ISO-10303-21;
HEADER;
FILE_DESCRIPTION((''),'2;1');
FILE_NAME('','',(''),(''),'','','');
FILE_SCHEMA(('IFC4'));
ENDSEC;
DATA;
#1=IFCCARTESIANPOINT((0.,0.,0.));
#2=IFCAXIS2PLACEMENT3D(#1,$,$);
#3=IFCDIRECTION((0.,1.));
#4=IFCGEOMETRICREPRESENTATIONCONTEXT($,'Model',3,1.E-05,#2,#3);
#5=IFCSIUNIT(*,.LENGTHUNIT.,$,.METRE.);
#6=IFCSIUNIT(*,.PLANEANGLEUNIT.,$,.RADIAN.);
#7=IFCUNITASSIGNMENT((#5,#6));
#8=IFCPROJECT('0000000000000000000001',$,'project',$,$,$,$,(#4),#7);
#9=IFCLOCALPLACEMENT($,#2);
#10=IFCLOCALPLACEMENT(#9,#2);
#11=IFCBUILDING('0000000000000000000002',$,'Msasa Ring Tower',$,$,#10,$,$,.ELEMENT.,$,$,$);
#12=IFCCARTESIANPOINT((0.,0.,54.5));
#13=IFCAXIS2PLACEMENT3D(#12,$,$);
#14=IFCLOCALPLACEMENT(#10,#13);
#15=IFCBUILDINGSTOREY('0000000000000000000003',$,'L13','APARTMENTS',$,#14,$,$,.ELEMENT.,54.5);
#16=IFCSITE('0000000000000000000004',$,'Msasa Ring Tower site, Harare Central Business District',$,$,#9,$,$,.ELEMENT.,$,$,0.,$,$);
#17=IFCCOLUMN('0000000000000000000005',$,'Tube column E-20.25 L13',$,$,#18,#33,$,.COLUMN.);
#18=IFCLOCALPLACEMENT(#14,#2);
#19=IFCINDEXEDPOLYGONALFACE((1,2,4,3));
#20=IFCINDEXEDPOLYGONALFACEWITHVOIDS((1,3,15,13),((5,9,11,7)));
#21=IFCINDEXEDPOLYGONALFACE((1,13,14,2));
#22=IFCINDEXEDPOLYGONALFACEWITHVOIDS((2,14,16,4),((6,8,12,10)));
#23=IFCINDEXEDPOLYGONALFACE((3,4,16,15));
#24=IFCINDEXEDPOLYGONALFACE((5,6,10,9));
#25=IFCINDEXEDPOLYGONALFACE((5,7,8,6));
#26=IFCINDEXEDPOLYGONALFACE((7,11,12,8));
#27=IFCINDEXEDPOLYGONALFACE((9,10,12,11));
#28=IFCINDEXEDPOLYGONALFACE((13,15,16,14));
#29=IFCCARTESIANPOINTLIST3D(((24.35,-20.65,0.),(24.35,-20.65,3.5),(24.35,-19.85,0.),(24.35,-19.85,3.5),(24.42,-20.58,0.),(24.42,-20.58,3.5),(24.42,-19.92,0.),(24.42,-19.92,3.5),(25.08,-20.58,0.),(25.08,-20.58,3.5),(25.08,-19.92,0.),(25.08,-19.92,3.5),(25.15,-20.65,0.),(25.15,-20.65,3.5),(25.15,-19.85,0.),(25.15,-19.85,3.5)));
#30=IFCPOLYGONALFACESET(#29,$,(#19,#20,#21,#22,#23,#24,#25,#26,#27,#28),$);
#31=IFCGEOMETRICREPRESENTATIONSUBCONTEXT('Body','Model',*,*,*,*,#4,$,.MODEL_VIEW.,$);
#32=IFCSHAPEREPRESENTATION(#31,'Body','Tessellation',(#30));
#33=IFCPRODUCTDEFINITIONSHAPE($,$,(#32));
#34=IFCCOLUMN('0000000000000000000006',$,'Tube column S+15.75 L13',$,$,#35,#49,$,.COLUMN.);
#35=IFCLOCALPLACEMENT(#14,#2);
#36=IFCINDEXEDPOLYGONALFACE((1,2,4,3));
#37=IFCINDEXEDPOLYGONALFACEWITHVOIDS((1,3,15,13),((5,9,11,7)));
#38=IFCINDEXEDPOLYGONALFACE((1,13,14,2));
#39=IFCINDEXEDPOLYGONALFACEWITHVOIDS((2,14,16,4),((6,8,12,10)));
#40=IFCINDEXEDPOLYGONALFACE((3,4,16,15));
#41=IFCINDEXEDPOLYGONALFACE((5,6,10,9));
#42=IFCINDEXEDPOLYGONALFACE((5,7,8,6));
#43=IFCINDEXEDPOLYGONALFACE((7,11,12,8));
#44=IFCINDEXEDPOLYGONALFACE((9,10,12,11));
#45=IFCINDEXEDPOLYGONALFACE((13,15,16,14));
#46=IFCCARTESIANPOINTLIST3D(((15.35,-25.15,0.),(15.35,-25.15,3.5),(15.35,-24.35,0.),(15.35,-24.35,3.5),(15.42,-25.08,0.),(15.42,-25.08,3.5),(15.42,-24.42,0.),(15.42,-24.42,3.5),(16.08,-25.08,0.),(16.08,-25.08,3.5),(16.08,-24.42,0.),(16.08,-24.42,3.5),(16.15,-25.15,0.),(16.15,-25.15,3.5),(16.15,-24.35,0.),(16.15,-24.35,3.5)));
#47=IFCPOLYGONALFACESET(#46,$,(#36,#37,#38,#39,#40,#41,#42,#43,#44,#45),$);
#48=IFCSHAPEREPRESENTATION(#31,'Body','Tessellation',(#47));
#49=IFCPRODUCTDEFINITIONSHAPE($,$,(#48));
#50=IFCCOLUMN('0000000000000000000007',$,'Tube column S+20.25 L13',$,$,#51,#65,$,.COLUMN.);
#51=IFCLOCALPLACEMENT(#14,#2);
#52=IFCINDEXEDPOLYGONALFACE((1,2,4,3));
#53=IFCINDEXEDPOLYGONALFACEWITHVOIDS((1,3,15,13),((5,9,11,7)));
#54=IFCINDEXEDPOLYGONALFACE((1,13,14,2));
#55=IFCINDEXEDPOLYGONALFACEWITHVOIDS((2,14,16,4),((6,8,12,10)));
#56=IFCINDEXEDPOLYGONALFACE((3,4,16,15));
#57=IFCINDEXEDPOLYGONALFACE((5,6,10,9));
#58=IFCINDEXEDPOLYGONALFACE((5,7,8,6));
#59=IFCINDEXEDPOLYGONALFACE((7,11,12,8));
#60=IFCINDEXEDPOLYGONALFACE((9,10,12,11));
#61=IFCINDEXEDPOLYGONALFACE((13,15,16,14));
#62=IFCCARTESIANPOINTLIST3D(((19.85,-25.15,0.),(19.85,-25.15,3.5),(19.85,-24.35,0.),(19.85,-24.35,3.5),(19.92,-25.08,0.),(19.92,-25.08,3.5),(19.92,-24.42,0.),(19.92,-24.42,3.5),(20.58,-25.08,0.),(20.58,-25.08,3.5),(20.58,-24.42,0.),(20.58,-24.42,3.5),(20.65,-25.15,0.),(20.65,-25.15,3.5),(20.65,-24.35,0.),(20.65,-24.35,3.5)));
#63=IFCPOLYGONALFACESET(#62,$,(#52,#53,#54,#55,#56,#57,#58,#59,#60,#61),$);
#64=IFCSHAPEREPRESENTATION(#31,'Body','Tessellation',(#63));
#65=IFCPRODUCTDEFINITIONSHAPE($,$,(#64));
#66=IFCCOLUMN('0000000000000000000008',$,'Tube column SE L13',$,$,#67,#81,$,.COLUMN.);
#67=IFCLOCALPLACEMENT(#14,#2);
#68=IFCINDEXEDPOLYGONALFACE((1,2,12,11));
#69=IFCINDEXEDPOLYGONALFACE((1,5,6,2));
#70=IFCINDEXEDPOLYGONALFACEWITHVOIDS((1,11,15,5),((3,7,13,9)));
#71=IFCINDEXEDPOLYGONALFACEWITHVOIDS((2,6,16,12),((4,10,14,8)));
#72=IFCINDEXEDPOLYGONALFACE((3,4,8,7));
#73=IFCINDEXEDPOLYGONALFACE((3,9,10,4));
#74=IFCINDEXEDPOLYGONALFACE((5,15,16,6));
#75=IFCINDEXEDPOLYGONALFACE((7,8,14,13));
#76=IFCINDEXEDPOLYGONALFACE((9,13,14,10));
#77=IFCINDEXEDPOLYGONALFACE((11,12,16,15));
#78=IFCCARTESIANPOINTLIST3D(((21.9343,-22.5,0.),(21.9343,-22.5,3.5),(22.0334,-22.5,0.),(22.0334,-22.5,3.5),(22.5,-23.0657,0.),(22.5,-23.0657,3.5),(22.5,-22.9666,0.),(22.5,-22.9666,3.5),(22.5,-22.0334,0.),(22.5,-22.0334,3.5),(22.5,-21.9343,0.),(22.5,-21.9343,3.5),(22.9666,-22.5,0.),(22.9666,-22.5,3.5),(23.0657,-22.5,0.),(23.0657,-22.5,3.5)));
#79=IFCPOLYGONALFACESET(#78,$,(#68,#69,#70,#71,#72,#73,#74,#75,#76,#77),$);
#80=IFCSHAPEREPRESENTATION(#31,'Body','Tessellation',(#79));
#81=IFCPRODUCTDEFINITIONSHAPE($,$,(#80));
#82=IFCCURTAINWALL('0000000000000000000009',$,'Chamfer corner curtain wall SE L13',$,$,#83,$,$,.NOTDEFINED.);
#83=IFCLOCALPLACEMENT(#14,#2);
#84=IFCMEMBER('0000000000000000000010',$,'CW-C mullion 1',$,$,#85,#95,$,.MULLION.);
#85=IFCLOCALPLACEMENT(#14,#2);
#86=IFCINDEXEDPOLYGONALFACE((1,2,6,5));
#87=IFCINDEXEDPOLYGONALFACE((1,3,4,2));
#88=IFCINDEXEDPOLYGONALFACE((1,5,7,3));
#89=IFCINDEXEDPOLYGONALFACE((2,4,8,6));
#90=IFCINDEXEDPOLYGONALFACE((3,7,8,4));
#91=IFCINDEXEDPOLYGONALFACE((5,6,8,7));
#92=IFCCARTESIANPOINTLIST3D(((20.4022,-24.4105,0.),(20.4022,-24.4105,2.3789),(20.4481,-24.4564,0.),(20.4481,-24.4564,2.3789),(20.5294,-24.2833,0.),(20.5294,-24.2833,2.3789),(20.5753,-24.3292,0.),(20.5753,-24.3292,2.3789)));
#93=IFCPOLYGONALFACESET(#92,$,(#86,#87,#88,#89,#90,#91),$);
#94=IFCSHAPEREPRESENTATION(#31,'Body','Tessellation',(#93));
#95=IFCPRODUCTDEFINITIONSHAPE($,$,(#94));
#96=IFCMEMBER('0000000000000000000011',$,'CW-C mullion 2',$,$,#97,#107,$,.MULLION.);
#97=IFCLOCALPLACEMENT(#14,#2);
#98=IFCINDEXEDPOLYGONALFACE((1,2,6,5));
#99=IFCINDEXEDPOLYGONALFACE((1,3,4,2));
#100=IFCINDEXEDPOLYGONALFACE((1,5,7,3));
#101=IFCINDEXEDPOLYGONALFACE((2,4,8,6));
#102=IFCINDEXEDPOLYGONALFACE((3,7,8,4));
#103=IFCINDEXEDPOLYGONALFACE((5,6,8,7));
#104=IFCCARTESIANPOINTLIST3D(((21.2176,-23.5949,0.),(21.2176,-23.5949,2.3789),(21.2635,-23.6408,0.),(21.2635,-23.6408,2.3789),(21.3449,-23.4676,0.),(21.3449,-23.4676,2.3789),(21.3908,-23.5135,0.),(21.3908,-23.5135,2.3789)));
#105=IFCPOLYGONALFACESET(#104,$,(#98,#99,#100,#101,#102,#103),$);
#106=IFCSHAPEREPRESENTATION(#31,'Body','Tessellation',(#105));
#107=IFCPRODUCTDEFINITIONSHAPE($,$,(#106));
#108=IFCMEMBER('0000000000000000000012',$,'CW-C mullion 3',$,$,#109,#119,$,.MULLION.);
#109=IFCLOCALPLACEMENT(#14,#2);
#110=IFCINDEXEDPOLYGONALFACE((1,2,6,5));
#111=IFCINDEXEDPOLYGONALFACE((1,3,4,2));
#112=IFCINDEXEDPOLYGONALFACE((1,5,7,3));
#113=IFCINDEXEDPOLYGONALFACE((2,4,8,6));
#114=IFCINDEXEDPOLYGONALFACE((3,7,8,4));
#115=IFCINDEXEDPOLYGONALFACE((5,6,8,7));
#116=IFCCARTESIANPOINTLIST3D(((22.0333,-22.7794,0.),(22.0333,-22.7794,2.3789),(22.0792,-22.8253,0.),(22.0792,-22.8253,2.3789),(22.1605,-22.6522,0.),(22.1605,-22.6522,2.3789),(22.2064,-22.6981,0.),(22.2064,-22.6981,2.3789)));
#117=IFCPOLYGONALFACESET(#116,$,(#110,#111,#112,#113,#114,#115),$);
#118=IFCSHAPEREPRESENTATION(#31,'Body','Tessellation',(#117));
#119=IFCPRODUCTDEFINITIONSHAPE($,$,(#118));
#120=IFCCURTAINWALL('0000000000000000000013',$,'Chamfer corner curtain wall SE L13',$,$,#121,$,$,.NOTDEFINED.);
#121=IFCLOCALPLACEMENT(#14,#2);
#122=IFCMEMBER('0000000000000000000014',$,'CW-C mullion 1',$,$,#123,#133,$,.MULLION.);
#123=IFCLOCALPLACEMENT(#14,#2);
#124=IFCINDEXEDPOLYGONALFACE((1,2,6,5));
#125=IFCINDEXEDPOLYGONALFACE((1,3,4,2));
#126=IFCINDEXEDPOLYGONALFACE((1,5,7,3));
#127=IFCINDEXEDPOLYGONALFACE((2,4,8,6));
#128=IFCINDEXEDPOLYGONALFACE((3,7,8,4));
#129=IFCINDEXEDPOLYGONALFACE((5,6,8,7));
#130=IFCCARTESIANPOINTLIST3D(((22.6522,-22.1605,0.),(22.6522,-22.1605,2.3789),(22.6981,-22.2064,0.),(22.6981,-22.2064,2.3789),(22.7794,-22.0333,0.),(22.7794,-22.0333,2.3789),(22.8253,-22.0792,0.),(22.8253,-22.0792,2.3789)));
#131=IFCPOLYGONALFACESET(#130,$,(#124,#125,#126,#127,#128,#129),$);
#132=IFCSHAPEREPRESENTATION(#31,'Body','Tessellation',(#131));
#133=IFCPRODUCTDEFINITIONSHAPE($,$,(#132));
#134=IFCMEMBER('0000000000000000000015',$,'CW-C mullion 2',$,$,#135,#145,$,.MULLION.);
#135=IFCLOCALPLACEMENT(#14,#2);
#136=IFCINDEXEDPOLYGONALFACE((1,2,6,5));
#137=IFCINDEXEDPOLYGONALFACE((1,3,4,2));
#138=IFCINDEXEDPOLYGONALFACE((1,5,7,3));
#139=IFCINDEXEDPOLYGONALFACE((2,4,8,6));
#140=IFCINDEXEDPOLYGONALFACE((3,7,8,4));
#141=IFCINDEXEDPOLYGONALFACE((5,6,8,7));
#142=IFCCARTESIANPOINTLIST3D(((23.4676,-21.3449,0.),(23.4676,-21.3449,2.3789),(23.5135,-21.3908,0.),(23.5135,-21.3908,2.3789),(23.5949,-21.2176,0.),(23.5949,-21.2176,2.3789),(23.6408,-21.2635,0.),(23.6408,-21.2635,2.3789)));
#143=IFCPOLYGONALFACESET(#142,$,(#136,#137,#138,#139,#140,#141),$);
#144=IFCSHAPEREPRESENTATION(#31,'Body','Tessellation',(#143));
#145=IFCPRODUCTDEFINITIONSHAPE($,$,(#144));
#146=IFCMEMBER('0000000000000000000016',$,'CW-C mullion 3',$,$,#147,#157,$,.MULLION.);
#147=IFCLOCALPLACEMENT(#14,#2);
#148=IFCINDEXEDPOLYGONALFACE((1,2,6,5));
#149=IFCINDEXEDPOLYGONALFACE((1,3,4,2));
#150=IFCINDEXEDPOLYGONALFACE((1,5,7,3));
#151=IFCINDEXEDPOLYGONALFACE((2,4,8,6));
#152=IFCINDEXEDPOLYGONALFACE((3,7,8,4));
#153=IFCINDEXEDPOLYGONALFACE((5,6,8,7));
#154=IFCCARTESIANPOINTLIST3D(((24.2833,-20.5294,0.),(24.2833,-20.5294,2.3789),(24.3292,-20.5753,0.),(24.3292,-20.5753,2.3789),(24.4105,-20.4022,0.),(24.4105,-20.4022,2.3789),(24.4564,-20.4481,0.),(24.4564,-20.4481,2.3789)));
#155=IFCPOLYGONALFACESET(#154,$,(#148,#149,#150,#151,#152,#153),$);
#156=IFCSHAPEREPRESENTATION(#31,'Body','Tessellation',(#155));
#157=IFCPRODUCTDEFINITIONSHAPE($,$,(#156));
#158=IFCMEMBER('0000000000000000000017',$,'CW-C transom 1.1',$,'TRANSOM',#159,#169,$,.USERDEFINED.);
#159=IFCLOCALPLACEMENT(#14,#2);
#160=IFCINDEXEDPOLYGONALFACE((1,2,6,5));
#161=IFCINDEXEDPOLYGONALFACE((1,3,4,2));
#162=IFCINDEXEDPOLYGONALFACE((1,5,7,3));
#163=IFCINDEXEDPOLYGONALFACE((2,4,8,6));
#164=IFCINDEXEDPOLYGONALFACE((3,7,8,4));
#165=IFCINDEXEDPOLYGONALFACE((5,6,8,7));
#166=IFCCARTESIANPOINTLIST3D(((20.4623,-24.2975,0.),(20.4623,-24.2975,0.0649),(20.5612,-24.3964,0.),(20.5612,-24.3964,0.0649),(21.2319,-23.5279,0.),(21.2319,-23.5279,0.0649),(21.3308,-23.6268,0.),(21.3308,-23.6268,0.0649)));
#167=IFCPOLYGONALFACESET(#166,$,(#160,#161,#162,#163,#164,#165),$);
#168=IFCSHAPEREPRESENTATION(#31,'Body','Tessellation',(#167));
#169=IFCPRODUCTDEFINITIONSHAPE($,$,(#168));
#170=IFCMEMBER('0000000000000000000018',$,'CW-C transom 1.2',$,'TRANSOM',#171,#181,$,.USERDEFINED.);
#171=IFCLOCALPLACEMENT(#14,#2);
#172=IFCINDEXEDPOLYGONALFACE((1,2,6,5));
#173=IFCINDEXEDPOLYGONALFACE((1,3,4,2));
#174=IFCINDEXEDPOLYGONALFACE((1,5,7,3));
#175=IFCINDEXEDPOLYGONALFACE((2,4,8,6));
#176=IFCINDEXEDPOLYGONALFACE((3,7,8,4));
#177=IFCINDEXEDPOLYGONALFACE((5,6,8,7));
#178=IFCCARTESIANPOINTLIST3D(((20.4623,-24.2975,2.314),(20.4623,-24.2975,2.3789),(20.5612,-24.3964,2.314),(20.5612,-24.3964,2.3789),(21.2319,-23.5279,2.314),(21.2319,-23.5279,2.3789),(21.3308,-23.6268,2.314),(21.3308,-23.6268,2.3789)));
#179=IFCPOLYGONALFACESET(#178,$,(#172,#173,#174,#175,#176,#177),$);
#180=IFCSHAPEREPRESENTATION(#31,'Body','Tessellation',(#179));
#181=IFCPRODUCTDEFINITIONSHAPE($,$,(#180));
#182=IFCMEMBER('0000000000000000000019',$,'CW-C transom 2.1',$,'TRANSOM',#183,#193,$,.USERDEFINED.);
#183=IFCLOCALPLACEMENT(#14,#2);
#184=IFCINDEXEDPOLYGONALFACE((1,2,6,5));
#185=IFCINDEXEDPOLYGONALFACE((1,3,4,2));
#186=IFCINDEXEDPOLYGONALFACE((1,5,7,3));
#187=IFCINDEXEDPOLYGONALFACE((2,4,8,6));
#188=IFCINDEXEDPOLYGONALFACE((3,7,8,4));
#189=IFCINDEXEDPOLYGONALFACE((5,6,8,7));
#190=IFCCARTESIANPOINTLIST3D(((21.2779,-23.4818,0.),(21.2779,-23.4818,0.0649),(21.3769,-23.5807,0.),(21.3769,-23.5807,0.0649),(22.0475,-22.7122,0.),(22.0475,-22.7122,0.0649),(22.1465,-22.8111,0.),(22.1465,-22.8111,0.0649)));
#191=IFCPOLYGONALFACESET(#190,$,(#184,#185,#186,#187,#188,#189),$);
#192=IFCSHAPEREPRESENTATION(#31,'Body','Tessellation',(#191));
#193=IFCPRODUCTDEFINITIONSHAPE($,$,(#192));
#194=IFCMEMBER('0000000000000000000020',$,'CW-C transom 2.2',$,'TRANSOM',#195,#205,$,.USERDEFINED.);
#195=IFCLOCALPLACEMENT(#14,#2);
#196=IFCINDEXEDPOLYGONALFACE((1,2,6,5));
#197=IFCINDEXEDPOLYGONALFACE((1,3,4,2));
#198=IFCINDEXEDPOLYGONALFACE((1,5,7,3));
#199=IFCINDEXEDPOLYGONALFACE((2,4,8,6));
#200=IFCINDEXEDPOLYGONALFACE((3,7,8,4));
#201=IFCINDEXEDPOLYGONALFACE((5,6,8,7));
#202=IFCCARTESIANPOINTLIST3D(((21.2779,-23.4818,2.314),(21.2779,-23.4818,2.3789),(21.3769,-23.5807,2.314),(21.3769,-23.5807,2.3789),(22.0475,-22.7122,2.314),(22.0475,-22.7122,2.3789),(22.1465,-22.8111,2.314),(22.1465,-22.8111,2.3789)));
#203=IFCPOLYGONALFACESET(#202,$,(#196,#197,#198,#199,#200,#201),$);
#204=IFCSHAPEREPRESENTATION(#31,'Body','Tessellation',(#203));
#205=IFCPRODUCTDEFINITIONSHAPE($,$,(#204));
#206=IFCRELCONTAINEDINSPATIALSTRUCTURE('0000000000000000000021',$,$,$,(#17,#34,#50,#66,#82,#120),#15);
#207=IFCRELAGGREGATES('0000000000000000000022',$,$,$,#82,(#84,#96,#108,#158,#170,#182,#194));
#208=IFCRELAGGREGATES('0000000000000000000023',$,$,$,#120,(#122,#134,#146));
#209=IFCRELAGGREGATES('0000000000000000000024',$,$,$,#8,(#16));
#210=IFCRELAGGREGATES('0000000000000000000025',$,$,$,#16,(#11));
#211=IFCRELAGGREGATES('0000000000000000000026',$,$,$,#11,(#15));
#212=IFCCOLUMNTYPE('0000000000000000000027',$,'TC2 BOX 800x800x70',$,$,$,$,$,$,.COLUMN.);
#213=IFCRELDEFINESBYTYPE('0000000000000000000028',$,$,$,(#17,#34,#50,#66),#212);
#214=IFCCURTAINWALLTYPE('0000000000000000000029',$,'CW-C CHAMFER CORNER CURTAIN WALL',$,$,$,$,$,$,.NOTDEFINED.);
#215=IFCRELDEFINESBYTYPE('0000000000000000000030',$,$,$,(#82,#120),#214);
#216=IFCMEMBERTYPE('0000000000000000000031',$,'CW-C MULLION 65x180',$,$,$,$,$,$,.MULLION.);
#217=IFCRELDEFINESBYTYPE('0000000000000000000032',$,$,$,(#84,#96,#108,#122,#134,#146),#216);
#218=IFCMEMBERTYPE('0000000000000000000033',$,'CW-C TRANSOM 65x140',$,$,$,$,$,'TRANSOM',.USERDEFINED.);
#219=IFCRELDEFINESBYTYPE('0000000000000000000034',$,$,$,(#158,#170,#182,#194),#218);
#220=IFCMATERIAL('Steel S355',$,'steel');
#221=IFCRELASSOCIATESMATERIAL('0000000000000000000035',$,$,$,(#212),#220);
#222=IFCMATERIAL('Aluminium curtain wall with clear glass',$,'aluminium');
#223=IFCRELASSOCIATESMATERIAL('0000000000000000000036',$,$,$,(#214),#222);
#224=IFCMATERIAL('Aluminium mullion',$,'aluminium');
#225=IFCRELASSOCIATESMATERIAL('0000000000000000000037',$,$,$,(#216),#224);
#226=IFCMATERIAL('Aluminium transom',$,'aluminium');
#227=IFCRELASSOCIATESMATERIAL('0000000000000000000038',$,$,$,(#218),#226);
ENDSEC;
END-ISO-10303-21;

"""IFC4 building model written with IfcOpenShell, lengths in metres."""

from ifc_helpers import new_model, si_unit, direction, frame, origin, origin_2d, place, context, subcontext, project, spatial, rectangle, hollow_rectangle, extrude, material, material_profile, profile_set, type_object, element, aggregate, save


model = new_model("IFC4")

# Units and contexts
model_context = context("Model", 3, precision=1e-05, world=origin(), true_north=direction((0.0, 1.0)))
body_context = subcontext(model_context, "Body", "Model", "MODEL_VIEW")
ifc_project = project(units=[si_unit("LENGTHUNIT", "METRE"), si_unit("PLANEANGLEUNIT", "RADIAN")], contexts=[model_context])

# Site, building, storey
site_placement = place(None, origin())
site = spatial("IfcSite", under=ifc_project, at=site_placement, Name="Msasa Ring Tower site, Harare Central Business District", CompositionType="ELEMENT", RefElevation=0.0)
building_placement = place(site_placement, origin())
building = spatial("IfcBuilding", under=site, at=building_placement, Name="Msasa Ring Tower", CompositionType="ELEMENT")
storey_placement = place(building_placement, frame((0.0, 0.0, 54.5)))
storey = spatial("IfcBuildingStorey", under=building, at=storey_placement, Name="L13", Description="APARTMENTS", CompositionType="ELEMENT", Elevation=54.5)

# Columns
ifc_material_1 = material(Name="Steel S355", Category="steel")
ifc_material_profile_1 = material_profile(ifc_material_1, hollow_rectangle(XDim=0.8, YDim=0.8, WallThickness=0.0701, at=origin_2d()), Name="BOX 800x800x70")
ifc_profile_set_1 = profile_set([ifc_material_profile_1], Name="Steel S355")
column_type = type_object("IfcColumnType", Name="TC2 BOX 800x800x70", PredefinedType="COLUMN", material=ifc_profile_set_1)
for number, where, z_axis, x_axis, name in (
    (1, (24.75, -20.25, 0.0), (0.0, 0.0, 1.0), (1.0, 0.0, 0.0), "Tube column E-20.25 L13"),
    (2, (15.75, -24.75, 0.0), (0.0, 0.0, 1.0), (0.0, 1.0, 0.0), "Tube column S+15.75 L13"),
    (3, (20.25, -24.75, 0.0), (0.0, 0.0, 1.0), (0.0, 1.0, 0.0), "Tube column S+20.25 L13"),
    (4, (22.5, -22.5, 0.0), (0.0, 0.0, 1.0), (0.707107, -0.707107, 0.0), "Tube column SE L13"),
):
    element("IfcColumn", number, at=place(storey_placement, frame(where, z_axis=z_axis, x_axis=x_axis)), inside=storey, type_object=column_type, Name=name, PredefinedType="COLUMN", context=body_context, shape_type="SweptSolid", body=[
        extrude(hollow_rectangle(XDim=0.8, YDim=0.8, WallThickness=0.0701, at=origin_2d()), origin(), (0.0, 0.0, 1.0), 3.5),
    ])

# Curtain walls, members
ifc_material_2 = material(Name="Aluminium curtain wall with clear glass", Category="aluminium")
curtain_wall_type = type_object("IfcCurtainWallType", Name="CW-C CHAMFER CORNER CURTAIN WALL", PredefinedType="NOTDEFINED", material=ifc_material_2)
curtain_wall_1_placement = place(storey_placement, origin())
curtain_wall_1 = element("IfcCurtainWall", 5, at=curtain_wall_1_placement, inside=storey, type_object=curtain_wall_type, Name="Chamfer corner curtain wall SE L13", PredefinedType="NOTDEFINED")
ifc_material_3 = material(Name="Aluminium mullion", Category="aluminium")
ifc_material_profile_2 = material_profile(ifc_material_3, rectangle(XDim=0.0649, YDim=0.1799, at=origin_2d()), Name="AL 65x180")
ifc_profile_set_2 = profile_set([ifc_material_profile_2], Name="Aluminium mullion")
member_type_1 = type_object("IfcMemberType", Name="CW-C MULLION 65x180", PredefinedType="MULLION", material=ifc_profile_set_2)
member_1_placement = place(storey_placement, frame((20.4888, -24.3699, 0.0), z_axis=(0.0, 0.0, 1.0), x_axis=(-0.707107, 0.707107, 0.0)))
member_1 = element("IfcMember", 6, at=member_1_placement, type_object=member_type_1, Name="CW-C mullion 1", PredefinedType="MULLION", context=body_context, shape_type="SweptSolid", body=[
    extrude(rectangle(XDim=0.0649, YDim=0.1799, at=origin_2d()), origin(), (0.0, 0.0, 1.0), 2.3789),
])
member_2_placement = place(storey_placement, frame((21.3042, -23.5542, 0.0), z_axis=(0.0, 0.0, 1.0), x_axis=(-0.707107, 0.707107, 0.0)))
member_2 = element("IfcMember", 7, at=member_2_placement, type_object=member_type_1, Name="CW-C mullion 2", PredefinedType="MULLION", context=body_context, shape_type="SweptSolid", body=[
    extrude(rectangle(XDim=0.0649, YDim=0.1799, at=origin_2d()), origin(), (0.0, 0.0, 1.0), 2.3789),
])
member_3_placement = place(storey_placement, frame((22.1199, -22.7388, 0.0), z_axis=(0.0, 0.0, 1.0), x_axis=(-0.707107, 0.707107, 0.0)))
member_3 = element("IfcMember", 8, at=member_3_placement, type_object=member_type_1, Name="CW-C mullion 3", PredefinedType="MULLION", context=body_context, shape_type="SweptSolid", body=[
    extrude(rectangle(XDim=0.0649, YDim=0.1799, at=origin_2d()), origin(), (0.0, 0.0, 1.0), 2.3789),
])
curtain_wall_2_placement = place(storey_placement, origin())
curtain_wall_2 = element("IfcCurtainWall", 9, at=curtain_wall_2_placement, inside=storey, type_object=curtain_wall_type, Name="Chamfer corner curtain wall SE L13", PredefinedType="NOTDEFINED")
member_4_placement = place(storey_placement, frame((22.7388, -22.1199, 0.0), z_axis=(0.0, 0.0, 1.0), x_axis=(-0.707107, 0.707107, 0.0)))
member_4 = element("IfcMember", 10, at=member_4_placement, type_object=member_type_1, Name="CW-C mullion 1", PredefinedType="MULLION", context=body_context, shape_type="SweptSolid", body=[
    extrude(rectangle(XDim=0.0649, YDim=0.1799, at=origin_2d()), origin(), (0.0, 0.0, 1.0), 2.3789),
])
member_5_placement = place(storey_placement, frame((23.5542, -21.3042, 0.0), z_axis=(0.0, 0.0, 1.0), x_axis=(-0.707107, 0.707107, 0.0)))
member_5 = element("IfcMember", 11, at=member_5_placement, type_object=member_type_1, Name="CW-C mullion 2", PredefinedType="MULLION", context=body_context, shape_type="SweptSolid", body=[
    extrude(rectangle(XDim=0.0649, YDim=0.1799, at=origin_2d()), origin(), (0.0, 0.0, 1.0), 2.3789),
])
member_6_placement = place(storey_placement, frame((24.3699, -20.4888, 0.0), z_axis=(0.0, 0.0, 1.0), x_axis=(-0.707107, 0.707107, 0.0)))
member_6 = element("IfcMember", 12, at=member_6_placement, type_object=member_type_1, Name="CW-C mullion 3", PredefinedType="MULLION", context=body_context, shape_type="SweptSolid", body=[
    extrude(rectangle(XDim=0.0649, YDim=0.1799, at=origin_2d()), origin(), (0.0, 0.0, 1.0), 2.3789),
])

# Members
ifc_material_4 = material(Name="Aluminium transom", Category="aluminium")
ifc_material_profile_3 = material_profile(ifc_material_4, rectangle(XDim=0.1399, YDim=0.0649, at=origin_2d()), Name="AL 65x140")
ifc_profile_set_3 = profile_set([ifc_material_profile_3], Name="Aluminium transom")
member_type_2 = type_object("IfcMemberType", Name="CW-C TRANSOM 65x140", ElementType="TRANSOM", PredefinedType="USERDEFINED", material=ifc_profile_set_3)
member_7_placement = place(storey_placement, frame((20.5117, -24.3469, 0.0325), z_axis=(0.707107, 0.707107, 0.0), x_axis=(-0.707107, 0.707107, 0.0)))
member_7 = element("IfcMember", 13, at=member_7_placement, type_object=member_type_2, Name="CW-C transom 1.1", ObjectType="TRANSOM", PredefinedType="USERDEFINED", context=body_context, shape_type="SweptSolid", body=[
    extrude(rectangle(XDim=0.1399, YDim=0.0649, at=origin_2d()), origin(), (0.0, 0.0, 1.0), 1.0884),
])
member_8_placement = place(storey_placement, frame((20.5117, -24.3469, 2.3464), z_axis=(0.707107, 0.707107, 0.0), x_axis=(-0.707107, 0.707107, 0.0)))
member_8 = element("IfcMember", 14, at=member_8_placement, type_object=member_type_2, Name="CW-C transom 1.2", ObjectType="TRANSOM", PredefinedType="USERDEFINED", context=body_context, shape_type="SweptSolid", body=[
    extrude(rectangle(XDim=0.1399, YDim=0.0649, at=origin_2d()), origin(), (0.0, 0.0, 1.0), 1.0884),
])
member_9_placement = place(storey_placement, frame((21.3274, -23.5312, 0.0325), z_axis=(0.707107, 0.707107, 0.0), x_axis=(-0.707107, 0.707107, 0.0)))
member_9 = element("IfcMember", 15, at=member_9_placement, type_object=member_type_2, Name="CW-C transom 2.1", ObjectType="TRANSOM", PredefinedType="USERDEFINED", context=body_context, shape_type="SweptSolid", body=[
    extrude(rectangle(XDim=0.1399, YDim=0.0649, at=origin_2d()), origin(), (0.0, 0.0, 1.0), 1.0884),
])
member_10_placement = place(storey_placement, frame((21.3274, -23.5312, 2.3464), z_axis=(0.707107, 0.707107, 0.0), x_axis=(-0.707107, 0.707107, 0.0)))
member_10 = element("IfcMember", 16, at=member_10_placement, type_object=member_type_2, Name="CW-C transom 2.2", ObjectType="TRANSOM", PredefinedType="USERDEFINED", context=body_context, shape_type="SweptSolid", body=[
    extrude(rectangle(XDim=0.1399, YDim=0.0649, at=origin_2d()), origin(), (0.0, 0.0, 1.0), 1.0884),
])

aggregate(curtain_wall_1, [member_1, member_2, member_3, member_7, member_8, member_9, member_10])
aggregate(curtain_wall_2, [member_4, member_5, member_6])

save(model, "model.ifc")
